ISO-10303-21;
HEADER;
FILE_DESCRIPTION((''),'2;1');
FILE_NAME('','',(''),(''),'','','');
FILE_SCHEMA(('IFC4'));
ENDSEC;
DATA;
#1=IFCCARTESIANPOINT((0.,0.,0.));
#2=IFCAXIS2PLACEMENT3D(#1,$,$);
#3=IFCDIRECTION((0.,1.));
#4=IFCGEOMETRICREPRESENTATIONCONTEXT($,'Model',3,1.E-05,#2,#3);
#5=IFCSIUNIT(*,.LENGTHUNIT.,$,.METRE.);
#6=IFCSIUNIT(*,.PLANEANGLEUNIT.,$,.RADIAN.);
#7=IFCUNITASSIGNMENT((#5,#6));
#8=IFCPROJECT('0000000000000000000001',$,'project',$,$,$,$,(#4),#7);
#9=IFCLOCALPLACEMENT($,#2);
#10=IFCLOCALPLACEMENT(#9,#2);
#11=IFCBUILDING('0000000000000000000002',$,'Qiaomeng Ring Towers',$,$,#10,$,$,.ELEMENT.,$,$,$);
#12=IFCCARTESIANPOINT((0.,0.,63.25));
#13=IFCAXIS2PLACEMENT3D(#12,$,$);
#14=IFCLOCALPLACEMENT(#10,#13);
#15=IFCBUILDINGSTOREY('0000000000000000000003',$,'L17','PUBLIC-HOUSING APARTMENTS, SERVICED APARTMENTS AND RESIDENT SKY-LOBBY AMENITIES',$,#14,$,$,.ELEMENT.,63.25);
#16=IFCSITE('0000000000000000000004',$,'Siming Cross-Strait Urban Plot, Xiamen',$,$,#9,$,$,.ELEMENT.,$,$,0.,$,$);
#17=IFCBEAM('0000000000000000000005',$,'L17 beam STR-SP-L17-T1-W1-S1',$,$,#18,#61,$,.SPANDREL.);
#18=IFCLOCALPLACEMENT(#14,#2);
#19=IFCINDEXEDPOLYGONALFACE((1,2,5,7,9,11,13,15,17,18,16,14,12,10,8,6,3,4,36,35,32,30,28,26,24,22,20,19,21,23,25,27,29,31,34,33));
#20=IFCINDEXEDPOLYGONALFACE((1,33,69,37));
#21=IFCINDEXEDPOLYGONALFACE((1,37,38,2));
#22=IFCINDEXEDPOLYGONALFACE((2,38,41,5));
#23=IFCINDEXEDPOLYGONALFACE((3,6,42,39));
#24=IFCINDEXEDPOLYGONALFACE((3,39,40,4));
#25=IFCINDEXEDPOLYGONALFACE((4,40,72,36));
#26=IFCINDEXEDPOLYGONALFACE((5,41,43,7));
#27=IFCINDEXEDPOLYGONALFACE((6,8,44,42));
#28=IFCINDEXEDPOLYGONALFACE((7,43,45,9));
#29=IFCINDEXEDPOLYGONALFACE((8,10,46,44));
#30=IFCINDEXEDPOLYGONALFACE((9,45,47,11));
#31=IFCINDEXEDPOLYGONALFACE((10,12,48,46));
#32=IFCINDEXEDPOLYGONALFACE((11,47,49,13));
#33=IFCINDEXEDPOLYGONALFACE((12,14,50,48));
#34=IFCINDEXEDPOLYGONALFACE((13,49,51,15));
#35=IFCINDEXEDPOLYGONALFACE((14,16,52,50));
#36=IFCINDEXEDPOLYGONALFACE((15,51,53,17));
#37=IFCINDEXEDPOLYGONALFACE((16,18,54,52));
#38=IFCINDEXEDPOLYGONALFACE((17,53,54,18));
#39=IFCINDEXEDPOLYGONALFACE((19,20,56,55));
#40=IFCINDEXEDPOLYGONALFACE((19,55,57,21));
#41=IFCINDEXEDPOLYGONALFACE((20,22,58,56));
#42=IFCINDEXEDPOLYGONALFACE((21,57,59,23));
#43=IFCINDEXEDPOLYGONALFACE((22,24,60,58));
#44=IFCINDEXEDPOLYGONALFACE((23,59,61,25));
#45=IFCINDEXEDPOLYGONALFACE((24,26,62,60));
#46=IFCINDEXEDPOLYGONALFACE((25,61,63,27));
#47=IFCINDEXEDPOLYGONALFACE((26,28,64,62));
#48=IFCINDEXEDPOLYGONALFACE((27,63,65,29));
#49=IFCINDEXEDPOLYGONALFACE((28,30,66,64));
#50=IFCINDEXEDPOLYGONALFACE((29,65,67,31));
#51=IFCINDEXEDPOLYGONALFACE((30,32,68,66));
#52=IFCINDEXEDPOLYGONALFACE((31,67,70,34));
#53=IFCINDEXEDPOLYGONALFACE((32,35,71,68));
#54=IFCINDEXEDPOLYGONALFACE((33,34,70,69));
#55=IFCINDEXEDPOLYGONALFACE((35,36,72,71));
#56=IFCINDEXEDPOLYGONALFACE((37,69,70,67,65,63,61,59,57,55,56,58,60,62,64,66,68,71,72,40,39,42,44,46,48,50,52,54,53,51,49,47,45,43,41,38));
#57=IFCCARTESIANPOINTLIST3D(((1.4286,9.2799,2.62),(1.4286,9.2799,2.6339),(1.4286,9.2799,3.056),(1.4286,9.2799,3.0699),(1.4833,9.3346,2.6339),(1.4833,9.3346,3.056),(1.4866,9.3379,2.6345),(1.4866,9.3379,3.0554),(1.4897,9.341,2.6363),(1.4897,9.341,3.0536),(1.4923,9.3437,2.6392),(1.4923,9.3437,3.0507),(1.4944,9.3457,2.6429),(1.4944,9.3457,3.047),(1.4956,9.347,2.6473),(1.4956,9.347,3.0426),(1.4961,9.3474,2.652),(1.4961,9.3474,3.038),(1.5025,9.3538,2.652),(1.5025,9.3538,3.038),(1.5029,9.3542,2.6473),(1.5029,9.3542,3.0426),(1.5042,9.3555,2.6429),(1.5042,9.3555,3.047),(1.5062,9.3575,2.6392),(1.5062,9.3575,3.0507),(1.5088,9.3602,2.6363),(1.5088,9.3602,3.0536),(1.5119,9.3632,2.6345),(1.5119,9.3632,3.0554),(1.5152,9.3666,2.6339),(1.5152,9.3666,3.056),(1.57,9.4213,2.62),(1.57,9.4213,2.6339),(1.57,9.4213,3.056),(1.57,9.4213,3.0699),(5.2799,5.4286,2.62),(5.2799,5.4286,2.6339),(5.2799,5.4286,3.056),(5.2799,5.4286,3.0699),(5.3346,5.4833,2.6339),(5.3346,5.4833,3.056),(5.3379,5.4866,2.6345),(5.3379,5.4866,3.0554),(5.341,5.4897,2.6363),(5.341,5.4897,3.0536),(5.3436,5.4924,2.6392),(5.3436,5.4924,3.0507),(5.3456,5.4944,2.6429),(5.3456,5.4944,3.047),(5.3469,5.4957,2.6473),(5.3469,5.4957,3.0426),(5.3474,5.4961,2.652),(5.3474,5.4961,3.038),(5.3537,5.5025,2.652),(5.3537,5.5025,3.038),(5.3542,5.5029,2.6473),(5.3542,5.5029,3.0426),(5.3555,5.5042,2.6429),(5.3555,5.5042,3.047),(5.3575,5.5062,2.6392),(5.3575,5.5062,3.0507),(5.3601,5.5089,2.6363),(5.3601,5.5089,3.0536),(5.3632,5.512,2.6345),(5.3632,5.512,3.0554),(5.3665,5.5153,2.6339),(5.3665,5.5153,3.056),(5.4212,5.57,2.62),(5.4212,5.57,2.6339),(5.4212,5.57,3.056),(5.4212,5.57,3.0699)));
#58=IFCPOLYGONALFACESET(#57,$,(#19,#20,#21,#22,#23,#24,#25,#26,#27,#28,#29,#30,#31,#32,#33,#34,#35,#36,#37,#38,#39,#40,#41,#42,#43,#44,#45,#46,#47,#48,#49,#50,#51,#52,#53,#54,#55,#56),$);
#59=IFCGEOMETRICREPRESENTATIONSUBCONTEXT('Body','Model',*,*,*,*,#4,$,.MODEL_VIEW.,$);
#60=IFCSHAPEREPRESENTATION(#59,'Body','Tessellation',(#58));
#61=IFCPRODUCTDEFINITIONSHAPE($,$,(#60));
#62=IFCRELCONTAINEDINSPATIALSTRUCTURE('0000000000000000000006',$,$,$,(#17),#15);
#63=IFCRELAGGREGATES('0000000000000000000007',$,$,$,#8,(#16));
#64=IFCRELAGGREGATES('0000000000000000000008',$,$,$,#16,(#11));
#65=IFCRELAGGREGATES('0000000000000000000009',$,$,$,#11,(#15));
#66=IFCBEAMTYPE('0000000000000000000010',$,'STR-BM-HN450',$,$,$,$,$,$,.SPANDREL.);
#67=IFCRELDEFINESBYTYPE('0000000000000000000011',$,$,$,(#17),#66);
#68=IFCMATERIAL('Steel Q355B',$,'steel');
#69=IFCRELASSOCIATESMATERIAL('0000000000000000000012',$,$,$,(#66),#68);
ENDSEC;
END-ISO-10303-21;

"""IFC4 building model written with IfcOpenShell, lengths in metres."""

from ifc_helpers import new_model, si_unit, direction, frame, origin, origin_2d, place, context, subcontext, project, spatial, i_section, extrude, source, transform, mapped, material, material_profile, profile_set, type_object, element, save


model = new_model("IFC4")

# Units and contexts
model_context = context("Model", 3, precision=1e-05, world=origin(), true_north=direction((0.0, 1.0)))
body_context = subcontext(model_context, "Body", "Model", "MODEL_VIEW")
ifc_project = project(units=[si_unit("LENGTHUNIT", "METRE"), si_unit("PLANEANGLEUNIT", "RADIAN")], contexts=[model_context])

# Site, building, storey
site_placement = place(None, origin())
site = spatial("IfcSite", under=ifc_project, at=site_placement, Name="Siming Cross-Strait Urban Plot, Xiamen", CompositionType="ELEMENT", RefElevation=0.0)
building_placement = place(site_placement, origin())
building = spatial("IfcBuilding", under=site, at=building_placement, Name="Qiaomeng Ring Towers", CompositionType="ELEMENT")
storey_placement = place(building_placement, frame((0.0, 0.0, 63.25)))
storey = spatial("IfcBuildingStorey", under=building, at=storey_placement, Name="L17", Description="PUBLIC-HOUSING APARTMENTS, SERVICED APARTMENTS AND RESIDENT SKY-LOBBY AMENITIES", CompositionType="ELEMENT", Elevation=63.25)

# Beam
ifc_material_1 = material(Name="Steel Q355B", Category="steel")
ifc_material_profile = material_profile(ifc_material_1, i_section(OverallWidth=0.2, OverallDepth=0.45, WebThickness=0.009, FlangeThickness=0.0139, FilletRadius=0.0181, at=origin_2d()), Name="HN 450x200x9x14")
ifc_profile_set = profile_set([ifc_material_profile], Name="Steel Q355B")
beam_type = type_object("IfcBeamType", Name="STR-BM-HN450", PredefinedType="SPANDREL", material=ifc_profile_set)
shared_shape_1 = source(origin(), body_context, "Body", "SweptSolid", [
    extrude(i_section(OverallWidth=0.2, OverallDepth=0.45, WebThickness=0.009, FlangeThickness=0.0139, FilletRadius=0.0181, at=origin_2d()), origin(), (0.0, 0.0, 1.0), 5.4465),
])
beam_placement = place(storey_placement, frame((1.4993, 9.3506, 2.845), z_axis=(0.707107, -0.707107, 0.0), x_axis=(0.707107, 0.707107, 0.0)))
element("IfcBeam", 1, at=beam_placement, inside=storey, type_object=beam_type, Name="L17 beam STR-SP-L17-T1-W1-S1", PredefinedType="SPANDREL", context=body_context, shape_type="MappedRepresentation", body=[
    mapped(shared_shape_1, transform((0.0, 0.0, 0.0), x_axis=(1.0, 0.0, 0.0), y_axis=(0.0, 1.0, 0.0), z_axis=(0.0, 0.0, 1.0), scale=1.0)),
])

save(model, "model.ifc")
